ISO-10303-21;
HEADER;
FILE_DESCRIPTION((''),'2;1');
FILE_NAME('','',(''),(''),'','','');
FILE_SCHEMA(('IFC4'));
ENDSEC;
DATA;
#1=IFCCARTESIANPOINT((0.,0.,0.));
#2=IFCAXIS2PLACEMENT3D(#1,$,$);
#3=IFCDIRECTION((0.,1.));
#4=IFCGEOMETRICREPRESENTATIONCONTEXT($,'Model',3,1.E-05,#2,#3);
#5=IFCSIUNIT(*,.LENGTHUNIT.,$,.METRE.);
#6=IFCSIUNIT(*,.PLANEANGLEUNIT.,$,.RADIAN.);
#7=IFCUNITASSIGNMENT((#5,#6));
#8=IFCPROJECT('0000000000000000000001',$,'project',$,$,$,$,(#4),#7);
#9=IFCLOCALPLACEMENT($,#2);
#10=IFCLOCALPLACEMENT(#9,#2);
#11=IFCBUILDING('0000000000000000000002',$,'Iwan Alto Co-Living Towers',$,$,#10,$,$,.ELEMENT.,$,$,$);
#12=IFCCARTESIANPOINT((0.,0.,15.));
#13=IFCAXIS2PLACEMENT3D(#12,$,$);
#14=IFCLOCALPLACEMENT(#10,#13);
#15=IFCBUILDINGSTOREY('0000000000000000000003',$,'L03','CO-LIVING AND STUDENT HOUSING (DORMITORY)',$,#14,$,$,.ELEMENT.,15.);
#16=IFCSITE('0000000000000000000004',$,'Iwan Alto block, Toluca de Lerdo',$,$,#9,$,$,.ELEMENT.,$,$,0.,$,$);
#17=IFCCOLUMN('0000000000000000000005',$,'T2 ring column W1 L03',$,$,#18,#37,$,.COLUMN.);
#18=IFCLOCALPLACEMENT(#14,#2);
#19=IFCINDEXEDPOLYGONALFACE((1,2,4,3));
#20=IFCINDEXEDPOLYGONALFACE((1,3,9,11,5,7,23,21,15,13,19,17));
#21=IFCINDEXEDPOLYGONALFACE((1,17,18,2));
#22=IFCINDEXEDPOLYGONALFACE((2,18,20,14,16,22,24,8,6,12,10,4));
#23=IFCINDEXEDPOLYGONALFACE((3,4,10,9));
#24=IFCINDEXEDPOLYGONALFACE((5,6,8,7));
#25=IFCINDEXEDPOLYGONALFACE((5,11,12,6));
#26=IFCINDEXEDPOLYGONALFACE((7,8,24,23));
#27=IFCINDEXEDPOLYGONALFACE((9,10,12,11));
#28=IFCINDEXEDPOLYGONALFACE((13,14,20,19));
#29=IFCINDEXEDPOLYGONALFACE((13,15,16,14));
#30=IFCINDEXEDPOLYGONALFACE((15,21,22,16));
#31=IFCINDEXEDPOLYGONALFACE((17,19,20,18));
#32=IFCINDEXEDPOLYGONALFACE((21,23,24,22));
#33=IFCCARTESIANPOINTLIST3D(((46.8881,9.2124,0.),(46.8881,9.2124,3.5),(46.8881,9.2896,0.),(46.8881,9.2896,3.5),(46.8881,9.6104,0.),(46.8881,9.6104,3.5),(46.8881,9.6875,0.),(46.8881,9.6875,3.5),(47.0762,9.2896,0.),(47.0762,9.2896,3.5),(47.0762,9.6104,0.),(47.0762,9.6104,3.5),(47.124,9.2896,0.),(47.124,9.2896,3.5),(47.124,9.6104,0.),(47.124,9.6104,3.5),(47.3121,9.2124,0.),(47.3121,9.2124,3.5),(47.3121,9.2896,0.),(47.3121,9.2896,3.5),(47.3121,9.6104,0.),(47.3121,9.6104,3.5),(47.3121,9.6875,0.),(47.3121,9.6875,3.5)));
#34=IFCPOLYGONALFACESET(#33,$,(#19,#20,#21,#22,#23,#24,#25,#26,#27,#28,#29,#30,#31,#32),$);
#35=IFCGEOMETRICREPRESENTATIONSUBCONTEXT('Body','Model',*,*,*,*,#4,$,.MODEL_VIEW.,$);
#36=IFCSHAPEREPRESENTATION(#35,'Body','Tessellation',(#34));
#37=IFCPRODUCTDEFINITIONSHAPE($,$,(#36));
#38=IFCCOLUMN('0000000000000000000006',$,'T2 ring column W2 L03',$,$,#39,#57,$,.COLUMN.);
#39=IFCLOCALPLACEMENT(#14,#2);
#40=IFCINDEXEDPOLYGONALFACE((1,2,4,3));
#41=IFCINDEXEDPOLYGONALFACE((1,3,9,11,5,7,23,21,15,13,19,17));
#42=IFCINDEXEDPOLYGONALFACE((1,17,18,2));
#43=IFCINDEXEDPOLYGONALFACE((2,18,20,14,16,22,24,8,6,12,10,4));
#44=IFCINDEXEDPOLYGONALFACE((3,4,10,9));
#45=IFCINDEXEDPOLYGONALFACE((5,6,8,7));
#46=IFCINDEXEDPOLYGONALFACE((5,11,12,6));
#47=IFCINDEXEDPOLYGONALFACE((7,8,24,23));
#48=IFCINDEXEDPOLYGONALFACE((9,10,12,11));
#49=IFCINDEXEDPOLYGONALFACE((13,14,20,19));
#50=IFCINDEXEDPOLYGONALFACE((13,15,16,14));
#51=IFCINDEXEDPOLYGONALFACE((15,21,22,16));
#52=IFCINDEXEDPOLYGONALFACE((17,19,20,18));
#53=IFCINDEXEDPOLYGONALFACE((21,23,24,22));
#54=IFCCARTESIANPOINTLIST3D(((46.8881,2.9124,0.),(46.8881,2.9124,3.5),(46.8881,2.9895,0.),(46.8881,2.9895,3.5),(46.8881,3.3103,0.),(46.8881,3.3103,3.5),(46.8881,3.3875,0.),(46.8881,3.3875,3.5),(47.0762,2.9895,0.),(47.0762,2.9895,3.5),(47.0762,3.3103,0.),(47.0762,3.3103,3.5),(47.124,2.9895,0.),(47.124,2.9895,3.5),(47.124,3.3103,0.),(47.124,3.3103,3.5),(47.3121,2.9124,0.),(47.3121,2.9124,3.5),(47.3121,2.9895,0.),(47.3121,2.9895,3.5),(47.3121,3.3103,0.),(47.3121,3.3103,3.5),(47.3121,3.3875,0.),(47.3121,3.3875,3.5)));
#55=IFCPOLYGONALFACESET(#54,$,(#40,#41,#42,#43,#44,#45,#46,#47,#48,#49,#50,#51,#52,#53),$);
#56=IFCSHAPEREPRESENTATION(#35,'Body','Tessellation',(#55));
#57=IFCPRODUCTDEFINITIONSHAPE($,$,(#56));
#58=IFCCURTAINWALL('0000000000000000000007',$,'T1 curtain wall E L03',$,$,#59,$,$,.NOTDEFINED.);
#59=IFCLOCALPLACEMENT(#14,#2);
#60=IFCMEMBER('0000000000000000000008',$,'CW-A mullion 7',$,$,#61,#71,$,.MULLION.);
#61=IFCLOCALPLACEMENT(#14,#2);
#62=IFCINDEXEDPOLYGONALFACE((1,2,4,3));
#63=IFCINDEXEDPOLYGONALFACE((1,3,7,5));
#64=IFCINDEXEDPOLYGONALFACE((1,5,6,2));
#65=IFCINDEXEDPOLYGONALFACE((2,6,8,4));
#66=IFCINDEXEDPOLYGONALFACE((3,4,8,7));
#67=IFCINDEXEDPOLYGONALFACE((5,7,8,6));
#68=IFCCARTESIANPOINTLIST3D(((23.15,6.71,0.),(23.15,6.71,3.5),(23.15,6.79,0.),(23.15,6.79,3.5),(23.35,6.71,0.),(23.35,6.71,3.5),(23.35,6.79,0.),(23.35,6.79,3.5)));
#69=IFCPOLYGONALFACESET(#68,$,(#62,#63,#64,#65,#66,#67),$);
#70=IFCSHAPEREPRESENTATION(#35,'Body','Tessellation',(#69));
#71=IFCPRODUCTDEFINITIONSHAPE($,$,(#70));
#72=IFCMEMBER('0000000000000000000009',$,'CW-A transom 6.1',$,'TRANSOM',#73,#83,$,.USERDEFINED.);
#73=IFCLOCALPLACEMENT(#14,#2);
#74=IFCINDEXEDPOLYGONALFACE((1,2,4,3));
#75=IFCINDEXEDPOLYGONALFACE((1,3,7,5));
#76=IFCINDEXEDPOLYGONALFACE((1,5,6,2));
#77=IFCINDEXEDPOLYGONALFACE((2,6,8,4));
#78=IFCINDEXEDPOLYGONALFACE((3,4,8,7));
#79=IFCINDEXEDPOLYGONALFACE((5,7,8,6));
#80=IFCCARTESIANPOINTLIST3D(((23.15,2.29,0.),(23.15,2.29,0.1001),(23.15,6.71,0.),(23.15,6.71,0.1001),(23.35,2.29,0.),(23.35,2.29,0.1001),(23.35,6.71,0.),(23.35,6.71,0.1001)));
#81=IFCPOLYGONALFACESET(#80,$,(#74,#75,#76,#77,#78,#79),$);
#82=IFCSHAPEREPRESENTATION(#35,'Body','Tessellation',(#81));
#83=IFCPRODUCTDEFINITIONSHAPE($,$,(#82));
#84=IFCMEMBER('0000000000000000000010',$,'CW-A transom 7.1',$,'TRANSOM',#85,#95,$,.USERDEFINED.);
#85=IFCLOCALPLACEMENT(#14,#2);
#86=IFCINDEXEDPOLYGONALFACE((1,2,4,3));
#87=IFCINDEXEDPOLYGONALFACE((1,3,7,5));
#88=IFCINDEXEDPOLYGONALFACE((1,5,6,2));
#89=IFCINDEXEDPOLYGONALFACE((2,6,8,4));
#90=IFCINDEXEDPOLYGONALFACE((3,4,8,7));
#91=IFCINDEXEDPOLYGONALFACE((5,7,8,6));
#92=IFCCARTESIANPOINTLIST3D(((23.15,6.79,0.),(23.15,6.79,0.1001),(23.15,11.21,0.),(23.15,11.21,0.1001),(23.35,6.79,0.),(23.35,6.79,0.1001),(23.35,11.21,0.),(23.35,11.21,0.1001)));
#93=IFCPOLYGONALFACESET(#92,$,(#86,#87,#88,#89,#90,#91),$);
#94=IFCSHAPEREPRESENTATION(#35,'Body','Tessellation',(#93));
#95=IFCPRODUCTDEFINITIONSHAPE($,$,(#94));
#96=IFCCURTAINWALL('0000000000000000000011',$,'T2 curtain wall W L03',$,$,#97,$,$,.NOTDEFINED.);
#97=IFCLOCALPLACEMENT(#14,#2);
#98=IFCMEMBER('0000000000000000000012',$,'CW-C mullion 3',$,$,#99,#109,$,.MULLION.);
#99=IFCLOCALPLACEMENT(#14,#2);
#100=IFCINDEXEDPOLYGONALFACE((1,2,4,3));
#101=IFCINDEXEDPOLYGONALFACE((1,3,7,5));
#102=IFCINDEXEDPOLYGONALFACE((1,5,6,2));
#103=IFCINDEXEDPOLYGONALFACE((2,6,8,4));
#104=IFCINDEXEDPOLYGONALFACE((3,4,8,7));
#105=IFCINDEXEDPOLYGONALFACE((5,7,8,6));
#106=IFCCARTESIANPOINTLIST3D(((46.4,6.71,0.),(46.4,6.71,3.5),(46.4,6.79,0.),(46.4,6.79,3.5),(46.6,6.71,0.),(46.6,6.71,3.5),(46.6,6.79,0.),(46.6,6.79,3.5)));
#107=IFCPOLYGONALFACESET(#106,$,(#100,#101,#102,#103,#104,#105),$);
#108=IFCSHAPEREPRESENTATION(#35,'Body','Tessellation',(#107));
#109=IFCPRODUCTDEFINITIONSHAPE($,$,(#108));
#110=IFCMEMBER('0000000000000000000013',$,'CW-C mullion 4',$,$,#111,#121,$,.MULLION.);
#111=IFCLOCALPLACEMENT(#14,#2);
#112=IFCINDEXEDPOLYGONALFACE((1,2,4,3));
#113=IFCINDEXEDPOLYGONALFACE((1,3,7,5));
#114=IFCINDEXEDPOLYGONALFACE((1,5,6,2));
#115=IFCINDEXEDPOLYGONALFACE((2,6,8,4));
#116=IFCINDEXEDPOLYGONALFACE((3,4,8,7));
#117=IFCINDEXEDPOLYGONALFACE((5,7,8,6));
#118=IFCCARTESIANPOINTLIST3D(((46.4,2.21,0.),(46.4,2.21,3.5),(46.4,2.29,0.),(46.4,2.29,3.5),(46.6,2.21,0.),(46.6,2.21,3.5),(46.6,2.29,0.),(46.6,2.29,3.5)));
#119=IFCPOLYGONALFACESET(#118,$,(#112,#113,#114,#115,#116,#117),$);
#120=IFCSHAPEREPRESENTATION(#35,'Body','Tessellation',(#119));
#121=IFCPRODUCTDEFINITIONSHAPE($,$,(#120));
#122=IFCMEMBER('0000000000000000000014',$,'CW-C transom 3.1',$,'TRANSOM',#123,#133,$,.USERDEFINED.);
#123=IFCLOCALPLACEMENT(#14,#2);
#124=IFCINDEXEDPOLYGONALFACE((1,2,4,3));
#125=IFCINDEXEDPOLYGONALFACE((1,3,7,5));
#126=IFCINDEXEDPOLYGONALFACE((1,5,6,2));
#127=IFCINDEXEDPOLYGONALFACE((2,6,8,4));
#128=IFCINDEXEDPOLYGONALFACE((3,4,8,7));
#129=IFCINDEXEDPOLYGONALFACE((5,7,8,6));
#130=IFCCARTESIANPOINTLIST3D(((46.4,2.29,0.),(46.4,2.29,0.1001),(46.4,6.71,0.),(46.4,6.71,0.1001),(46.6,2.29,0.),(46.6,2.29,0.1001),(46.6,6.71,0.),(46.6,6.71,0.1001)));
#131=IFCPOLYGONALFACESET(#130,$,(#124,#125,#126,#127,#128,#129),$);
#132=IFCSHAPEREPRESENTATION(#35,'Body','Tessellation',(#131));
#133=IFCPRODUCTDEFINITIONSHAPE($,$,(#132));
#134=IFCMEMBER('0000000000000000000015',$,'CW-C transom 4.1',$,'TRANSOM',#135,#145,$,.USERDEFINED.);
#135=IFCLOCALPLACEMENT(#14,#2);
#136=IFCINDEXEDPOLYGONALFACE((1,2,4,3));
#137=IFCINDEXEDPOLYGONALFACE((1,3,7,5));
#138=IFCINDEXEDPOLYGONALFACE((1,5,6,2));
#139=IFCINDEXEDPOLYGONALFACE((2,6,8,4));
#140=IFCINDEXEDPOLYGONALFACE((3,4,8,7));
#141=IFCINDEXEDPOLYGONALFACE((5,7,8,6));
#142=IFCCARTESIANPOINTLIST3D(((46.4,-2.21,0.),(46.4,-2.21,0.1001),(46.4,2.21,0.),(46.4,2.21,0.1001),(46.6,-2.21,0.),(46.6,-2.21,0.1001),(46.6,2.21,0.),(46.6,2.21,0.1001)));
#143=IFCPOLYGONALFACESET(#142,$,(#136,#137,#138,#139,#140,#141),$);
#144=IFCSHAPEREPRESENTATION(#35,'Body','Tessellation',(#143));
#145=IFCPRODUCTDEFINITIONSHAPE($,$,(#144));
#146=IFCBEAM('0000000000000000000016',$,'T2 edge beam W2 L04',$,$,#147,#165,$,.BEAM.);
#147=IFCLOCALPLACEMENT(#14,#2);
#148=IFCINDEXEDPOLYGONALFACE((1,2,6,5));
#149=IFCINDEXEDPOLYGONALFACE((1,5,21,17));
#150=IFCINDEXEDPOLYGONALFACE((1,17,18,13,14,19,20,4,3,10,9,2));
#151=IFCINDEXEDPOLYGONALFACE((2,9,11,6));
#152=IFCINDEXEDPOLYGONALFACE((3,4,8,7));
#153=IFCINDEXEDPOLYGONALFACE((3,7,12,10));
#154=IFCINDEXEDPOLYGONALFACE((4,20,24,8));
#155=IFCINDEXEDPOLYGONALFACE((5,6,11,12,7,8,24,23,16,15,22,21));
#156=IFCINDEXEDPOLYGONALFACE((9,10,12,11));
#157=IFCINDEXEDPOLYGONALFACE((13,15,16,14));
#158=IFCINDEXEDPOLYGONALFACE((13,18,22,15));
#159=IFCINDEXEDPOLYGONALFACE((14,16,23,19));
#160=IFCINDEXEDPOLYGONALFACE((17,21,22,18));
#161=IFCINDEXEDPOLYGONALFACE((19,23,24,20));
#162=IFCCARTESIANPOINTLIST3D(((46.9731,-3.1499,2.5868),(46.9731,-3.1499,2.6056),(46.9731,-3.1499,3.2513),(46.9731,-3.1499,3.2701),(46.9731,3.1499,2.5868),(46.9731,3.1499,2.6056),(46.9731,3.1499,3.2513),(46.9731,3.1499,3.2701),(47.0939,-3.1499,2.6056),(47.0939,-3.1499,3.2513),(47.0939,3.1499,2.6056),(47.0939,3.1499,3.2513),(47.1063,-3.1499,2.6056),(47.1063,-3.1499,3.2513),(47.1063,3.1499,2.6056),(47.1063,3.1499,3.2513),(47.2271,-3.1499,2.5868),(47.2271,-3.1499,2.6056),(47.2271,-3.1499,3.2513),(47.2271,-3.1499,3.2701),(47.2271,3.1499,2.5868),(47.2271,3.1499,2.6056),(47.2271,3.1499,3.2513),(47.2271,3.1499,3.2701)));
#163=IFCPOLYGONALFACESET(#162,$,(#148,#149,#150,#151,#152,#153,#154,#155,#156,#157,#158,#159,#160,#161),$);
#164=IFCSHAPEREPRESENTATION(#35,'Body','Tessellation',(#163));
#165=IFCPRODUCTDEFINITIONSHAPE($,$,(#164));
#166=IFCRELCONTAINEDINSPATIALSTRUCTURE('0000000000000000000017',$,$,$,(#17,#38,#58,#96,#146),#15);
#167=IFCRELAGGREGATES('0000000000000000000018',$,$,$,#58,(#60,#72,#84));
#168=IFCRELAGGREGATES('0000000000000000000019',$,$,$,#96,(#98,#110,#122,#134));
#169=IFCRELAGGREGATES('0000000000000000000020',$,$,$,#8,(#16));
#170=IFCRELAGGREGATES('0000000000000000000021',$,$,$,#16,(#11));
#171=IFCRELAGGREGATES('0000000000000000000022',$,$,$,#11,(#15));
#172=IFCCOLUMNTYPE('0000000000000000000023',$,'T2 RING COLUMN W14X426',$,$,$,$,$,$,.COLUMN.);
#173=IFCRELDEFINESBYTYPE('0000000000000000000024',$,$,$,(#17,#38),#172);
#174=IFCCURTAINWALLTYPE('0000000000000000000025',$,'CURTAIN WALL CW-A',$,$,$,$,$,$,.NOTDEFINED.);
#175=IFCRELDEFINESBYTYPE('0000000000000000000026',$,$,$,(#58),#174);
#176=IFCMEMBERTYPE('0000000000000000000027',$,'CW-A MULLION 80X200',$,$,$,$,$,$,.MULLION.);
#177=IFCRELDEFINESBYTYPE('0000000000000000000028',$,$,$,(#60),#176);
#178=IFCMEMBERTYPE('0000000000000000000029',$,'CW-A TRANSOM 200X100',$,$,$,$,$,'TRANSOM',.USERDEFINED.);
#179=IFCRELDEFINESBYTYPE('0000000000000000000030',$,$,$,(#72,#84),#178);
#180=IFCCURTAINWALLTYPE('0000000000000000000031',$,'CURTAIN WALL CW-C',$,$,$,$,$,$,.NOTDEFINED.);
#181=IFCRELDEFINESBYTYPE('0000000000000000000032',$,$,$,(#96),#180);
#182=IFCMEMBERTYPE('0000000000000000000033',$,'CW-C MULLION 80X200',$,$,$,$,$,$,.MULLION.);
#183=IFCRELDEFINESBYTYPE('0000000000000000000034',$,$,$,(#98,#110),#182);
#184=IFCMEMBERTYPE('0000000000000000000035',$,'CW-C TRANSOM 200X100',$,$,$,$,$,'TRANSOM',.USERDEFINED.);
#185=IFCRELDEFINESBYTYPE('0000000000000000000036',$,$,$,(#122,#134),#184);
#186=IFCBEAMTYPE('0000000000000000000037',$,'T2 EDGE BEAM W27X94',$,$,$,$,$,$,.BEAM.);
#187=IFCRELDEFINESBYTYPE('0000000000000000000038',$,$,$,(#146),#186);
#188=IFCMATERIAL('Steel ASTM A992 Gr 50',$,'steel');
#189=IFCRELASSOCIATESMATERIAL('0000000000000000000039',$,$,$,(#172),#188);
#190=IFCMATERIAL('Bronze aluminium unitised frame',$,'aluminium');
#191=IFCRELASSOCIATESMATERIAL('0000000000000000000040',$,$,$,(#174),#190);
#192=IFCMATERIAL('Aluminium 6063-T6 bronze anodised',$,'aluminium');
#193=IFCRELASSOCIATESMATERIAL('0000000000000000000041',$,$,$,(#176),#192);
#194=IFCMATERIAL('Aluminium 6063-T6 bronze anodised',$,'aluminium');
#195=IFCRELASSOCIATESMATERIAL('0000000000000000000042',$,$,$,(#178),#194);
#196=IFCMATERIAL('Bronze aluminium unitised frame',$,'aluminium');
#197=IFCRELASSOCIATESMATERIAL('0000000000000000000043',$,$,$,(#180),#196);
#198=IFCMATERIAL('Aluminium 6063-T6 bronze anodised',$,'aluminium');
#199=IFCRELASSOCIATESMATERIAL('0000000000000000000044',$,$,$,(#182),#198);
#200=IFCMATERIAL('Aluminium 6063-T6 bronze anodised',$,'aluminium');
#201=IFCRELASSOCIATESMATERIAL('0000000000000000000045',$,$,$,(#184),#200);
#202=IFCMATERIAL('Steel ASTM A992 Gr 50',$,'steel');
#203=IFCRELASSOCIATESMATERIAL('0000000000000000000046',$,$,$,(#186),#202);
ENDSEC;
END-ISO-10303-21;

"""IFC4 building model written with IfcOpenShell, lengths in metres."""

from ifc_helpers import new_model, si_unit, direction, frame, origin, origin_2d, place, context, subcontext, project, spatial, rectangle, i_section, extrude, material, material_profile, profile_set, type_object, element, aggregate, save


model = new_model("IFC4")

# Units and contexts
model_context = context("Model", 3, precision=1e-05, world=origin(), true_north=direction((0.0, 1.0)))
body_context = subcontext(model_context, "Body", "Model", "MODEL_VIEW")
ifc_project = project(units=[si_unit("LENGTHUNIT", "METRE"), si_unit("PLANEANGLEUNIT", "RADIAN")], contexts=[model_context])

# Site, building, storey
site_placement = place(None, origin())
site = spatial("IfcSite", under=ifc_project, at=site_placement, Name="Iwan Alto block, Toluca de Lerdo", CompositionType="ELEMENT", RefElevation=0.0)
building_placement = place(site_placement, origin())
building = spatial("IfcBuilding", under=site, at=building_placement, Name="Iwan Alto Co-Living Towers", CompositionType="ELEMENT")
storey_placement = place(building_placement, frame((0.0, 0.0, 15.0)))
storey = spatial("IfcBuildingStorey", under=building, at=storey_placement, Name="L03", Description="CO-LIVING AND STUDENT HOUSING (DORMITORY)", CompositionType="ELEMENT", Elevation=15.0)

# Columns
ifc_material_1 = material(Name="Steel ASTM A992 Gr 50", Category="steel")
ifc_material_profile_1 = material_profile(ifc_material_1, i_section(OverallWidth=0.4241, OverallDepth=0.4751, WebThickness=0.0479, FlangeThickness=0.0771, at=origin_2d()), Name="W14X426")
ifc_profile_set_1 = profile_set([ifc_material_profile_1], Name="Steel ASTM A992 Gr 50")
column_type = type_object("IfcColumnType", Name="T2 RING COLUMN W14X426", PredefinedType="COLUMN", material=ifc_profile_set_1)
for number, where, z_axis, x_axis, name in (
    (1, (47.1001, 9.45, 0.0), (0.0, 0.0, 1.0), (1.0, 0.0, 0.0), "T2 ring column W1 L03"),
    (2, (47.1001, 3.1499, 0.0), (0.0, 0.0, 1.0), (1.0, 0.0, 0.0), "T2 ring column W2 L03"),
):
    element("IfcColumn", number, at=place(storey_placement, frame(where, z_axis=z_axis, x_axis=x_axis)), inside=storey, type_object=column_type, Name=name, PredefinedType="COLUMN", context=body_context, shape_type="SweptSolid", body=[
        extrude(i_section(OverallWidth=0.4241, OverallDepth=0.4751, WebThickness=0.0479, FlangeThickness=0.0771, at=origin_2d()), origin(), (0.0, 0.0, 1.0), 3.5),
    ])

# Curtain walls, members
ifc_material_2 = material(Name="Bronze aluminium unitised frame", Category="aluminium")
curtain_wall_type_1 = type_object("IfcCurtainWallType", Name="CURTAIN WALL CW-A", PredefinedType="NOTDEFINED", material=ifc_material_2)
curtain_wall_1_placement = place(storey_placement, origin())
curtain_wall_1 = element("IfcCurtainWall", 3, at=curtain_wall_1_placement, inside=storey, type_object=curtain_wall_type_1, Name="T1 curtain wall E L03", PredefinedType="NOTDEFINED")
ifc_material_3 = material(Name="Aluminium 6063-T6 bronze anodised", Category="aluminium")
ifc_material_profile_2 = material_profile(ifc_material_3, rectangle(XDim=0.2, YDim=0.0801, at=origin_2d()), Name="AL 80X200")
ifc_profile_set_2 = profile_set([ifc_material_profile_2], Name="Aluminium 6063-T6 bronze anodised")
member_type_1 = type_object("IfcMemberType", Name="CW-A MULLION 80X200", PredefinedType="MULLION", material=ifc_profile_set_2)
member_1_placement = place(storey_placement, frame((23.25, 6.75, 0.0), z_axis=(0.0, 0.0, 1.0), x_axis=(-1.0, 0.0, 0.0)))
member_1 = element("IfcMember", 4, at=member_1_placement, type_object=member_type_1, Name="CW-A mullion 7", PredefinedType="MULLION", context=body_context, shape_type="SweptSolid", body=[
    extrude(rectangle(XDim=0.2, YDim=0.0801, at=origin_2d()), origin(), (0.0, 0.0, 1.0), 3.5),
])
ifc_material_4 = material(Name="Aluminium 6063-T6 bronze anodised", Category="aluminium")
ifc_material_profile_3 = material_profile(ifc_material_4, rectangle(XDim=0.2, YDim=0.1001, at=origin_2d()), Name="AL 200X100")
ifc_profile_set_3 = profile_set([ifc_material_profile_3], Name="Aluminium 6063-T6 bronze anodised")
member_type_2 = type_object("IfcMemberType", Name="CW-A TRANSOM 200X100", ElementType="TRANSOM", PredefinedType="USERDEFINED", material=ifc_profile_set_3)
member_2_placement = place(storey_placement, frame((23.25, 2.29, 0.05), z_axis=(0.0, 1.0, 0.0), x_axis=(-1.0, 0.0, 0.0)))
member_2 = element("IfcMember", 5, at=member_2_placement, type_object=member_type_2, Name="CW-A transom 6.1", ObjectType="TRANSOM", PredefinedType="USERDEFINED", context=body_context, shape_type="SweptSolid", body=[
    extrude(rectangle(XDim=0.2, YDim=0.1001, at=origin_2d()), origin(), (0.0, 0.0, 1.0), 4.4199),
])
member_3_placement = place(storey_placement, frame((23.25, 6.79, 0.05), z_axis=(0.0, 1.0, 0.0), x_axis=(-1.0, 0.0, 0.0)))
member_3 = element("IfcMember", 6, at=member_3_placement, type_object=member_type_2, Name="CW-A transom 7.1", ObjectType="TRANSOM", PredefinedType="USERDEFINED", context=body_context, shape_type="SweptSolid", body=[
    extrude(rectangle(XDim=0.2, YDim=0.1001, at=origin_2d()), origin(), (0.0, 0.0, 1.0), 4.4199),
])
ifc_material_5 = material(Name="Bronze aluminium unitised frame", Category="aluminium")
curtain_wall_type_2 = type_object("IfcCurtainWallType", Name="CURTAIN WALL CW-C", PredefinedType="NOTDEFINED", material=ifc_material_5)
curtain_wall_2_placement = place(storey_placement, origin())
curtain_wall_2 = element("IfcCurtainWall", 7, at=curtain_wall_2_placement, inside=storey, type_object=curtain_wall_type_2, Name="T2 curtain wall W L03", PredefinedType="NOTDEFINED")
ifc_material_6 = material(Name="Aluminium 6063-T6 bronze anodised", Category="aluminium")
ifc_material_profile_4 = material_profile(ifc_material_6, rectangle(XDim=0.2, YDim=0.0801, at=origin_2d()), Name="AL 80X200")
ifc_profile_set_4 = profile_set([ifc_material_profile_4], Name="Aluminium 6063-T6 bronze anodised")
member_type_3 = type_object("IfcMemberType", Name="CW-C MULLION 80X200", PredefinedType="MULLION", material=ifc_profile_set_4)
member_4_placement = place(storey_placement, frame((46.5, 6.75, 0.0), z_axis=(0.0, 0.0, 1.0), x_axis=(1.0, 0.0, 0.0)))
member_4 = element("IfcMember", 8, at=member_4_placement, type_object=member_type_3, Name="CW-C mullion 3", PredefinedType="MULLION", context=body_context, shape_type="SweptSolid", body=[
    extrude(rectangle(XDim=0.2, YDim=0.0801, at=origin_2d()), origin(), (0.0, 0.0, 1.0), 3.5),
])
member_5_placement = place(storey_placement, frame((46.5, 2.25, 0.0), z_axis=(0.0, 0.0, 1.0), x_axis=(1.0, 0.0, 0.0)))
member_5 = element("IfcMember", 9, at=member_5_placement, type_object=member_type_3, Name="CW-C mullion 4", PredefinedType="MULLION", context=body_context, shape_type="SweptSolid", body=[
    extrude(rectangle(XDim=0.2, YDim=0.0801, at=origin_2d()), origin(), (0.0, 0.0, 1.0), 3.5),
])
ifc_material_7 = material(Name="Aluminium 6063-T6 bronze anodised", Category="aluminium")
ifc_material_profile_5 = material_profile(ifc_material_7, rectangle(XDim=0.2, YDim=0.1001, at=origin_2d()), Name="AL 200X100")
ifc_profile_set_5 = profile_set([ifc_material_profile_5], Name="Aluminium 6063-T6 bronze anodised")
member_type_4 = type_object("IfcMemberType", Name="CW-C TRANSOM 200X100", ElementType="TRANSOM", PredefinedType="USERDEFINED", material=ifc_profile_set_5)
member_6_placement = place(storey_placement, frame((46.5, 6.71, 0.05), z_axis=(0.0, -1.0, 0.0), x_axis=(1.0, 0.0, 0.0)))
member_6 = element("IfcMember", 10, at=member_6_placement, type_object=member_type_4, Name="CW-C transom 3.1", ObjectType="TRANSOM", PredefinedType="USERDEFINED", context=body_context, shape_type="SweptSolid", body=[
    extrude(rectangle(XDim=0.2, YDim=0.1001, at=origin_2d()), origin(), (0.0, 0.0, 1.0), 4.4199),
])
member_7_placement = place(storey_placement, frame((46.5, 2.21, 0.05), z_axis=(0.0, -1.0, 0.0), x_axis=(1.0, 0.0, 0.0)))
member_7 = element("IfcMember", 11, at=member_7_placement, type_object=member_type_4, Name="CW-C transom 4.1", ObjectType="TRANSOM", PredefinedType="USERDEFINED", context=body_context, shape_type="SweptSolid", body=[
    extrude(rectangle(XDim=0.2, YDim=0.1001, at=origin_2d()), origin(), (0.0, 0.0, 1.0), 4.4199),
])

# Beam
ifc_material_8 = material(Name="Steel ASTM A992 Gr 50", Category="steel")
ifc_material_profile_6 = material_profile(ifc_material_8, i_section(OverallWidth=0.2539, OverallDepth=0.6833, WebThickness=0.0125, FlangeThickness=0.0188, at=origin_2d()), Name="W27X94")
ifc_profile_set_6 = profile_set([ifc_material_profile_6], Name="Steel ASTM A992 Gr 50")
beam_type_1 = type_object("IfcBeamType", Name="T2 EDGE BEAM W27X94", PredefinedType="BEAM", material=ifc_profile_set_6)
beam_1_placement = place(storey_placement, frame((47.1001, 3.1499, 2.9285), z_axis=(0.0, -1.0, 0.0), x_axis=(1.0, 0.0, 0.0)))
element("IfcBeam", 12, at=beam_1_placement, inside=storey, type_object=beam_type_1, Name="T2 edge beam W2 L04", PredefinedType="BEAM", context=body_context, shape_type="SweptSolid", body=[
    extrude(i_section(OverallWidth=0.2539, OverallDepth=0.6833, WebThickness=0.0125, FlangeThickness=0.0188, at=origin_2d()), origin(), (0.0, 0.0, 1.0), 6.2998),
])

aggregate(curtain_wall_1, [member_1, member_2, member_3])
aggregate(curtain_wall_2, [member_4, member_5, member_6, member_7])

save(model, "model.ifc")
